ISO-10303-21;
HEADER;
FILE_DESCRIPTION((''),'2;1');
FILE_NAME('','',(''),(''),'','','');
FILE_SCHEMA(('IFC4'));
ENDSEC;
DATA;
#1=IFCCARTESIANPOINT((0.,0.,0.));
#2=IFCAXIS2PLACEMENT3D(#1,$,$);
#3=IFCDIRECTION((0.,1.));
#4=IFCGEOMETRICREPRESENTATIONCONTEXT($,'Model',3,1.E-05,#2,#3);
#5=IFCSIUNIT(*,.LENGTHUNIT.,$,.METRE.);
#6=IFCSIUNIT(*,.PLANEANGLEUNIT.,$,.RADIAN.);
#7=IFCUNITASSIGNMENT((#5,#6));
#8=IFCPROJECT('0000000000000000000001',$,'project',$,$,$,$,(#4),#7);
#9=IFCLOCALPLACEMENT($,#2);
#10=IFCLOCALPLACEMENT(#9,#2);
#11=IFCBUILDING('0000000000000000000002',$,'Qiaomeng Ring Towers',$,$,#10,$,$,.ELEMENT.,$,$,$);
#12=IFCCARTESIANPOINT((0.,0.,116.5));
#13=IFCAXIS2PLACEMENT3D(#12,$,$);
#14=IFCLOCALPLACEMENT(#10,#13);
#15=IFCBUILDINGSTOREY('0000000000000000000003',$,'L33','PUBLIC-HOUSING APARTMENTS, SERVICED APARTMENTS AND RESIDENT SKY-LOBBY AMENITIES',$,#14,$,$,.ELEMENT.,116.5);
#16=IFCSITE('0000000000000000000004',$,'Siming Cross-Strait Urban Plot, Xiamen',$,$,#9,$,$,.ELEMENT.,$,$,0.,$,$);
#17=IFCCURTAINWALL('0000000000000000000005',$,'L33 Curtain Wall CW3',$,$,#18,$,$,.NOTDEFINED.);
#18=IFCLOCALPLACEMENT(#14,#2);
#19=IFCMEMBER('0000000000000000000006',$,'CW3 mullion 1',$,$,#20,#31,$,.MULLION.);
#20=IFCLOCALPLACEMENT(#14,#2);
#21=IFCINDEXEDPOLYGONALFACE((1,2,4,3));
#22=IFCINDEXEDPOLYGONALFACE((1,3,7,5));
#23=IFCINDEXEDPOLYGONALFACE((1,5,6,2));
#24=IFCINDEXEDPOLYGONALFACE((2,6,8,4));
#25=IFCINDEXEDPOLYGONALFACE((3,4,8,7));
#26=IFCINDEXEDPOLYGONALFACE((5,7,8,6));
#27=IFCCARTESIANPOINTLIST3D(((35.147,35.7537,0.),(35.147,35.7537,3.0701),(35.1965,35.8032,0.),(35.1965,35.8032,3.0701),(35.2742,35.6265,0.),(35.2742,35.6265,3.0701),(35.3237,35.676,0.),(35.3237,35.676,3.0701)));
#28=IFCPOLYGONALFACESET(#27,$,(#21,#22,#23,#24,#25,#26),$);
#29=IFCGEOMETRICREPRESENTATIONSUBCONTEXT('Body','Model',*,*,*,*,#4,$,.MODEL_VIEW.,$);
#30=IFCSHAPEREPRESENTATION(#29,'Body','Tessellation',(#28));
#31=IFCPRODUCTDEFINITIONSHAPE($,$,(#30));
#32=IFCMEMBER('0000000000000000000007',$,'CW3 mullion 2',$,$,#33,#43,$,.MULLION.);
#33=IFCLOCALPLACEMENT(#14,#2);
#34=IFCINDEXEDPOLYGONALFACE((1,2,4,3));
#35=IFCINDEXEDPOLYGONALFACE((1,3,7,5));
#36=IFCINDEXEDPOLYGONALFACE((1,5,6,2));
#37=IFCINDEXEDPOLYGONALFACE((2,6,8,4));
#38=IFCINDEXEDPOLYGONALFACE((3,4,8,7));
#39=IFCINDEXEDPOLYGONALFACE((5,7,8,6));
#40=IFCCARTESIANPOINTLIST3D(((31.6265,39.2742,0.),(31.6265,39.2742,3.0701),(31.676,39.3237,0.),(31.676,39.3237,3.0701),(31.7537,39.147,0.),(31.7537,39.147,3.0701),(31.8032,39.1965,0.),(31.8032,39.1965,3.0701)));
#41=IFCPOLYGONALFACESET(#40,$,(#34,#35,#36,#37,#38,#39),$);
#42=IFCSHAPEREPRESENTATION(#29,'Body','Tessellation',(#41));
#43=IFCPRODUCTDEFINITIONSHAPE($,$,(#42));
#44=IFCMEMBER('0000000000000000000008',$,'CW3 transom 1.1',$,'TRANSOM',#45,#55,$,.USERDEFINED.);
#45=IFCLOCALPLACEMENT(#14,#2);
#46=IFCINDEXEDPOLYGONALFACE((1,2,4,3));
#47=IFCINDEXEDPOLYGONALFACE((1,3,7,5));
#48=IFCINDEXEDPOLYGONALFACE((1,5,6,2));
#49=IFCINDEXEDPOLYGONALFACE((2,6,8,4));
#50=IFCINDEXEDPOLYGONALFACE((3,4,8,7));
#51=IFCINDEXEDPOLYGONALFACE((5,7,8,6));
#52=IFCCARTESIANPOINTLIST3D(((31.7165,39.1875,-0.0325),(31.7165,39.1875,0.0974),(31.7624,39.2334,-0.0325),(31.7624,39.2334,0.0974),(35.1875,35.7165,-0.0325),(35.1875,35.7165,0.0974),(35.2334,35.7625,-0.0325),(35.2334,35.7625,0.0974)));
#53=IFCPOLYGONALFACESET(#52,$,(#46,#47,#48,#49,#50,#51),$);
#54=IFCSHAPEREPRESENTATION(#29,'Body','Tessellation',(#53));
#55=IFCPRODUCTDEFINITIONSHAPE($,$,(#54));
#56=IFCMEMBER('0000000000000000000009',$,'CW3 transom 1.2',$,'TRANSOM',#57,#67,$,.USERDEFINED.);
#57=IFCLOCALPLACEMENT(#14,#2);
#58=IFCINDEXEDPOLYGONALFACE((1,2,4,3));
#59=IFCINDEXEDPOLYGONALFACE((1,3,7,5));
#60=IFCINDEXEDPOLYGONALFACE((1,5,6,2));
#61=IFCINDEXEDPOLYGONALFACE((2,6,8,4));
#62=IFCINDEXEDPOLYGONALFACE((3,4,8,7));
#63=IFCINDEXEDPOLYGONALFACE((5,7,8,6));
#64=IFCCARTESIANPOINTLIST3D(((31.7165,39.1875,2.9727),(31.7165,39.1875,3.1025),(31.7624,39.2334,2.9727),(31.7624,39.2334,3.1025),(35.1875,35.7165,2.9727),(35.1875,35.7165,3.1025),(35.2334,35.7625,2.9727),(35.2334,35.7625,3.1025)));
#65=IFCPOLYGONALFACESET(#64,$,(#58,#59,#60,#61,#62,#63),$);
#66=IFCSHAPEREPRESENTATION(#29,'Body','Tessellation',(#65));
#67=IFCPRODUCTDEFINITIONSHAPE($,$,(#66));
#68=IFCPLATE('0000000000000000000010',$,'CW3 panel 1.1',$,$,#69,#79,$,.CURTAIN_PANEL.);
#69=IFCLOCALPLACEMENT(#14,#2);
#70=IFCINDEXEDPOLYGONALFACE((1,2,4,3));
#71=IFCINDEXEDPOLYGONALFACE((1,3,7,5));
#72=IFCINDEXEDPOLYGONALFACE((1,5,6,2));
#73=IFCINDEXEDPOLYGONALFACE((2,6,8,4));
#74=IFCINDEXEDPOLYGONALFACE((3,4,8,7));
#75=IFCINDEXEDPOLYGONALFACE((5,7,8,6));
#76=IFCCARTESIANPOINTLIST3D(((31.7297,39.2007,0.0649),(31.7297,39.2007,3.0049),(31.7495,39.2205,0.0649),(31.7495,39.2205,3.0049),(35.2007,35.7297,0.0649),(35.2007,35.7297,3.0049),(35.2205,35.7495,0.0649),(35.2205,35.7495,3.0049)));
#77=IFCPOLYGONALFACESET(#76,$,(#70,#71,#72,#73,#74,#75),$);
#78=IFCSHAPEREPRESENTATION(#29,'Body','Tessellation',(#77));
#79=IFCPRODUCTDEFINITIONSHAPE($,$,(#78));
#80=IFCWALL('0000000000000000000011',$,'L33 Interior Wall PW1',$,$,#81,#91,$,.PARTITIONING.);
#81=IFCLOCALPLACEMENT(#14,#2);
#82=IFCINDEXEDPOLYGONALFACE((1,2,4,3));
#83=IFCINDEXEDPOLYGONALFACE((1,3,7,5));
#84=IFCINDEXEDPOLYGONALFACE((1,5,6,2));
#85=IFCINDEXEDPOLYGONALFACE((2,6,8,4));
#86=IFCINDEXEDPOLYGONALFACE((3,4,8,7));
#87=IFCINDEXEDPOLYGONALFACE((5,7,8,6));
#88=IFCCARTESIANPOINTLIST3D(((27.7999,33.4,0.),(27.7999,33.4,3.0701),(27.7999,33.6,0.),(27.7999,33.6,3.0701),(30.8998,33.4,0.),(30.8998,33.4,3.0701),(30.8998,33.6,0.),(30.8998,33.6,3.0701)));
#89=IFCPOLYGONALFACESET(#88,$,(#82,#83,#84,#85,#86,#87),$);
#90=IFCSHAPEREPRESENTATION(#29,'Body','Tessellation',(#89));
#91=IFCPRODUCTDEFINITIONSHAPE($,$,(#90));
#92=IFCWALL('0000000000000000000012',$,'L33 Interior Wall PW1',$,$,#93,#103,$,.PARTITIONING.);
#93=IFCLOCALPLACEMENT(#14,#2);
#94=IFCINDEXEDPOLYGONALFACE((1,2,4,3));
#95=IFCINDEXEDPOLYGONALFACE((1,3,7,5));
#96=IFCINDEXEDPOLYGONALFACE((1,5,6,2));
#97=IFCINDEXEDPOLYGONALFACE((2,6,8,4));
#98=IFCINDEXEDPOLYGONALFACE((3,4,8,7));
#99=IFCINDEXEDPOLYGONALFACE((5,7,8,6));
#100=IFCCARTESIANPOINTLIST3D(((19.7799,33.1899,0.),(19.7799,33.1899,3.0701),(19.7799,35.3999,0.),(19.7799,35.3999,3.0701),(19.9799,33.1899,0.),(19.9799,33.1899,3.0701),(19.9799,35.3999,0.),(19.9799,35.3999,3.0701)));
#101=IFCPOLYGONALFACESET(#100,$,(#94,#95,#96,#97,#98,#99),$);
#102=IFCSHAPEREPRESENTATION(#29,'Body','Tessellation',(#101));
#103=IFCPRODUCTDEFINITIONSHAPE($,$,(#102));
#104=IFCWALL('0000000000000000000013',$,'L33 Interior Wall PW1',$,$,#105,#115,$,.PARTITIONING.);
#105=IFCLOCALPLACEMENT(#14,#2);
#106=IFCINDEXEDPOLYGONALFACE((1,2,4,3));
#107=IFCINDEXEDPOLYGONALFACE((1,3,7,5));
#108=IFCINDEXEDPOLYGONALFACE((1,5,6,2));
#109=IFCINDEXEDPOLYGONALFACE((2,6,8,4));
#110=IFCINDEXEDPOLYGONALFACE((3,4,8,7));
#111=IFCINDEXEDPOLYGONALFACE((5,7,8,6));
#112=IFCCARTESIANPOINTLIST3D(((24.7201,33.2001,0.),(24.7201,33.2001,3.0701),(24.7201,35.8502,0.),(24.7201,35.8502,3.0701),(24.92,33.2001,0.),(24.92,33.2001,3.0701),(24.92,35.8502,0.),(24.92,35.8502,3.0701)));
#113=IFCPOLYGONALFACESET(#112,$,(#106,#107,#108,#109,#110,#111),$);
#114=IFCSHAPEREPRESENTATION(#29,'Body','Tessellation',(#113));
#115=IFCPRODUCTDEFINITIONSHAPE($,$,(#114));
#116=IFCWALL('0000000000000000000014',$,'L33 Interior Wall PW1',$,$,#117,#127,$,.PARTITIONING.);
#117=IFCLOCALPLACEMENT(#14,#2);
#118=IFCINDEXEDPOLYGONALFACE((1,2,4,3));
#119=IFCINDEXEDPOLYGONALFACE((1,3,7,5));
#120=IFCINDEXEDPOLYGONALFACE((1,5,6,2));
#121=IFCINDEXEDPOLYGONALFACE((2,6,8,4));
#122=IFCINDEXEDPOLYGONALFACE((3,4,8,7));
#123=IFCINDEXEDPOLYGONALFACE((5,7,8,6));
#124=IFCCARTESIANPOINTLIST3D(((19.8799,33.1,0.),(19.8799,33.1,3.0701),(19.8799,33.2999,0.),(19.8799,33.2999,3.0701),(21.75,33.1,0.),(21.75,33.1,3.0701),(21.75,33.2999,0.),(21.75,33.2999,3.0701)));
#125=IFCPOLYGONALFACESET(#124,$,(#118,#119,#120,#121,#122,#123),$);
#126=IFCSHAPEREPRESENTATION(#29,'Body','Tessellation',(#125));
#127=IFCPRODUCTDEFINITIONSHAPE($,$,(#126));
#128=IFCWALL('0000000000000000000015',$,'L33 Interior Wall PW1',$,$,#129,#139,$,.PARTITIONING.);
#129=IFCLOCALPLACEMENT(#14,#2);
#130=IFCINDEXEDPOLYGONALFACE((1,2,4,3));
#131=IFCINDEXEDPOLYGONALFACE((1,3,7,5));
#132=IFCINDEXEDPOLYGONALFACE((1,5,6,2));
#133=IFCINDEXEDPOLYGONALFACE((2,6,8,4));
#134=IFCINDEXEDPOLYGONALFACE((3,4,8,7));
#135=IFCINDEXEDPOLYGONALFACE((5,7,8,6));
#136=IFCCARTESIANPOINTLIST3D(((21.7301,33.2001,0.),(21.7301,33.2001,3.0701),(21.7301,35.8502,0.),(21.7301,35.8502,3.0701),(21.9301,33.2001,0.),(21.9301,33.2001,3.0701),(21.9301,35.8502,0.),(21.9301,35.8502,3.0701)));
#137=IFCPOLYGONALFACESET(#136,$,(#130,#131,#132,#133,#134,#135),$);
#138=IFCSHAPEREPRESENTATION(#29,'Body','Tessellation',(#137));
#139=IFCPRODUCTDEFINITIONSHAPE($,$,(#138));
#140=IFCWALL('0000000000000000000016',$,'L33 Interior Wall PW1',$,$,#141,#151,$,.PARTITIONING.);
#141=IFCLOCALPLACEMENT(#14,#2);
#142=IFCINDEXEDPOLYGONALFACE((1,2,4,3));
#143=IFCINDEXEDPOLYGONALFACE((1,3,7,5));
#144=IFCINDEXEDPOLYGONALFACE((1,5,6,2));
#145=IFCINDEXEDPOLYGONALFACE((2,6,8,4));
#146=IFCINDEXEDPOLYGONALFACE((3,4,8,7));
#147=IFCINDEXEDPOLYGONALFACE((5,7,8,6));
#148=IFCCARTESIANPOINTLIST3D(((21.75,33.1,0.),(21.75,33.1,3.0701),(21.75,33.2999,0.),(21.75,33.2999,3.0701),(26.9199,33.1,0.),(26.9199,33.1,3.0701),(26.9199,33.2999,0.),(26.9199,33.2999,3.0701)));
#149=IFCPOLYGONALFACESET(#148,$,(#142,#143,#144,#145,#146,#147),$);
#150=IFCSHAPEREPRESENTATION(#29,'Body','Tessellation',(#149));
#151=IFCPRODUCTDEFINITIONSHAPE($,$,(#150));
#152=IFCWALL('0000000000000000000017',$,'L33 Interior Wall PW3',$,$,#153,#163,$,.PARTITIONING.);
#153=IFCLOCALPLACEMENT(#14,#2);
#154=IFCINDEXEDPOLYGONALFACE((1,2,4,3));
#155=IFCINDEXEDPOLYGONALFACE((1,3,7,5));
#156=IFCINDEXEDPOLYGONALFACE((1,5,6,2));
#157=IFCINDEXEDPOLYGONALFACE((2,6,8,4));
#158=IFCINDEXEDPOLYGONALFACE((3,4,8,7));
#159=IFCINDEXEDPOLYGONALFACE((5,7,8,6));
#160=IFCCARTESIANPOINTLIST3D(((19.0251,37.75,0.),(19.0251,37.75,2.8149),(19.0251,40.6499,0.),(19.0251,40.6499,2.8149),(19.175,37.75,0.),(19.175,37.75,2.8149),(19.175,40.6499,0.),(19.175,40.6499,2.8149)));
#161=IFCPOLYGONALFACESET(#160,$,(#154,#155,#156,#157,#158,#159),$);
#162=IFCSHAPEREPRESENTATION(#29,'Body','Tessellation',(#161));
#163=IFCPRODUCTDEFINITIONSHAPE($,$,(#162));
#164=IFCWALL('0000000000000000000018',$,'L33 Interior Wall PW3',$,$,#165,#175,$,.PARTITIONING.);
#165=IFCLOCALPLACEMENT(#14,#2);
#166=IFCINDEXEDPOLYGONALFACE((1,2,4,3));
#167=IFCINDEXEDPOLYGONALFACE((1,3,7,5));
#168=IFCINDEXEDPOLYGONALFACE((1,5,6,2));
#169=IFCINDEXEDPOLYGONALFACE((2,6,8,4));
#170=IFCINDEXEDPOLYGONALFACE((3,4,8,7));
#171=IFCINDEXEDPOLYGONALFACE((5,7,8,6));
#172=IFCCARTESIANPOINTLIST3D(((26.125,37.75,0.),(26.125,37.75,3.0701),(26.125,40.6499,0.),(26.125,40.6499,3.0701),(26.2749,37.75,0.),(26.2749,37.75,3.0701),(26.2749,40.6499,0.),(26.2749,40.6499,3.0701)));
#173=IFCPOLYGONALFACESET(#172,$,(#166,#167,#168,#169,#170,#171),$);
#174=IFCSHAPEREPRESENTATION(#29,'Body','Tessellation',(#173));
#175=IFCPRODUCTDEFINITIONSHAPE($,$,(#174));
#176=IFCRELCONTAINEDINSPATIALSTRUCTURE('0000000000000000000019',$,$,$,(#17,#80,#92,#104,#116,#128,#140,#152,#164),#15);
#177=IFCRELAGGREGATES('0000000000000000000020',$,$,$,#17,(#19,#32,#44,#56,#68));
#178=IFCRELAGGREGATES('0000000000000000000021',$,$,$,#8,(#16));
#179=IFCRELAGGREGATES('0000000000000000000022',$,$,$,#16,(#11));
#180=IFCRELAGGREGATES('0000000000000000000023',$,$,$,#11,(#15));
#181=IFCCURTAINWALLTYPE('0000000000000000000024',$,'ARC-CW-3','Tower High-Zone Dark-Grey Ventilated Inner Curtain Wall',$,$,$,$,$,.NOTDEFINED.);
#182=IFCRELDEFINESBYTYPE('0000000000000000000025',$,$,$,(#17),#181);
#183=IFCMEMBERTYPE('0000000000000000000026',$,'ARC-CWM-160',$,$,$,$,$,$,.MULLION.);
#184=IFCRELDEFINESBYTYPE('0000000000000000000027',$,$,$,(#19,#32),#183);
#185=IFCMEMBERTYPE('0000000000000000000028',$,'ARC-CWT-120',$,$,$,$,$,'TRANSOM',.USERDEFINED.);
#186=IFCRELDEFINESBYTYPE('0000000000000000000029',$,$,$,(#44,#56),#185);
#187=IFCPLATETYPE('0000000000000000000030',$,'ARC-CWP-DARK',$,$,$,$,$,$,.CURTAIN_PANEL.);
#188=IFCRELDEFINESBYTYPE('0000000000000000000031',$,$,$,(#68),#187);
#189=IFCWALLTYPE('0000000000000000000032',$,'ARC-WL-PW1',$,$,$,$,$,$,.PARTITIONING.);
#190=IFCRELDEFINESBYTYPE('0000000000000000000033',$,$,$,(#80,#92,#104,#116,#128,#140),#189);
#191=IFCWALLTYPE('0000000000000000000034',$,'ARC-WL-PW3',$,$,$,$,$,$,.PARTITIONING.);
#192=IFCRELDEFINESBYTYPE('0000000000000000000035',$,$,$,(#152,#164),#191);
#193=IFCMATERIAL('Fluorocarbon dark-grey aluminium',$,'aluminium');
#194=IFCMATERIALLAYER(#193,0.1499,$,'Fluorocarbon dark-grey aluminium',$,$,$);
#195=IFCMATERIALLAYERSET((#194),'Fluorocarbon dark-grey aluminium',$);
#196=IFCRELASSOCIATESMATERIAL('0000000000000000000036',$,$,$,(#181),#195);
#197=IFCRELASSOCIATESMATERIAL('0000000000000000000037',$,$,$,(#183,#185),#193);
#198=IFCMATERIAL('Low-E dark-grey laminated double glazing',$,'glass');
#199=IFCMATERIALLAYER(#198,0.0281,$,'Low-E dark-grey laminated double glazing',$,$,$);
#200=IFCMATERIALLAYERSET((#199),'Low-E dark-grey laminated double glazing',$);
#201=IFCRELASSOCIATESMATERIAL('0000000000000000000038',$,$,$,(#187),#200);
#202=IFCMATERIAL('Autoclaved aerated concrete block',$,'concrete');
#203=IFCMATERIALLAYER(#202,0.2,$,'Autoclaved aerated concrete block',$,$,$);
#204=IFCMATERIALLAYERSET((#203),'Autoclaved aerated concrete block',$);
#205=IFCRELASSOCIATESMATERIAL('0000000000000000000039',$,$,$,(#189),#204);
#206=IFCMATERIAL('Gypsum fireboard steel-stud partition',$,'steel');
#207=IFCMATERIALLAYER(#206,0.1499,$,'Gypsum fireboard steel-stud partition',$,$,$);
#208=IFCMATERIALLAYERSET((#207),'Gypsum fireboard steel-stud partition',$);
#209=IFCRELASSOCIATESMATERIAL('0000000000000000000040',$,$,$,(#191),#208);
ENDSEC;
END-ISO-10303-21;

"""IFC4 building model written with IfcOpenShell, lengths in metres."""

from ifc_helpers import new_model, si_unit, direction, frame, frame_2d, origin, origin_2d, place, context, subcontext, project, spatial, rectangle, extrude, source, transform, mapped, material, layer, layer_set, material_profile, profile_set, type_object, element, aggregate, save


model = new_model("IFC4")

# Units and contexts
model_context = context("Model", 3, precision=1e-05, world=origin(), true_north=direction((0.0, 1.0)))
body_context = subcontext(model_context, "Body", "Model", "MODEL_VIEW")
ifc_project = project(units=[si_unit("LENGTHUNIT", "METRE"), si_unit("PLANEANGLEUNIT", "RADIAN")], contexts=[model_context])

# Site, building, storey
site_placement = place(None, origin())
site = spatial("IfcSite", under=ifc_project, at=site_placement, Name="Siming Cross-Strait Urban Plot, Xiamen", CompositionType="ELEMENT", RefElevation=0.0)
building_placement = place(site_placement, origin())
building = spatial("IfcBuilding", under=site, at=building_placement, Name="Qiaomeng Ring Towers", CompositionType="ELEMENT")
storey_placement = place(building_placement, frame((0.0, 0.0, 116.5)))
storey = spatial("IfcBuildingStorey", under=building, at=storey_placement, Name="L33", Description="PUBLIC-HOUSING APARTMENTS, SERVICED APARTMENTS AND RESIDENT SKY-LOBBY AMENITIES", CompositionType="ELEMENT", Elevation=116.5)

# Curtain wall, members, plate
ifc_material_1 = material(Name="Fluorocarbon dark-grey aluminium", Category="aluminium")
ifc_layer_1 = layer(ifc_material_1, 0.1499, Name="Fluorocarbon dark-grey aluminium")
ifc_layer_set_1 = layer_set([ifc_layer_1], Name="Fluorocarbon dark-grey aluminium")
curtain_wall_type = type_object("IfcCurtainWallType", Name="ARC-CW-3", Description="Tower High-Zone Dark-Grey Ventilated Inner Curtain Wall", PredefinedType="NOTDEFINED", material=ifc_layer_set_1)
curtain_wall_placement = place(storey_placement, origin())
curtain_wall = element("IfcCurtainWall", 1, at=curtain_wall_placement, inside=storey, type_object=curtain_wall_type, Name="L33 Curtain Wall CW3", PredefinedType="NOTDEFINED")
ifc_material_profile_1 = material_profile(ifc_material_1, rectangle(XDim=0.0701, YDim=0.1799, at=origin_2d()), Name="ALU MULL 70x180")
ifc_profile_set_1 = profile_set([ifc_material_profile_1], Name="Fluorocarbon dark-grey aluminium")
member_type_1 = type_object("IfcMemberType", Name="ARC-CWM-160", PredefinedType="MULLION", material=ifc_profile_set_1)
shared_shape_1 = source(origin(), body_context, "Body", "SweptSolid", [
    extrude(rectangle(XDim=0.0701, YDim=0.1799, at=origin_2d()), origin(), (0.0, 0.0, 1.0), 3.0701),
])
member_1_placement = place(storey_placement, frame((35.2354, 35.7148, 0.0), z_axis=(0.0, 0.0, 1.0), x_axis=(-0.707107, -0.707107, 0.0)))
member_1 = element("IfcMember", 2, at=member_1_placement, type_object=member_type_1, Name="CW3 mullion 1", PredefinedType="MULLION", context=body_context, shape_type="MappedRepresentation", body=[
    mapped(shared_shape_1, transform((0.0, 0.0, 0.0), x_axis=(1.0, 0.0, 0.0), y_axis=(0.0, 1.0, 0.0), z_axis=(0.0, 0.0, 1.0), scale=1.0)),
])
member_2_placement = place(storey_placement, frame((31.7148, 39.2354, 0.0), z_axis=(0.0, 0.0, 1.0), x_axis=(-0.707107, -0.707107, 0.0)))
member_2 = element("IfcMember", 3, at=member_2_placement, type_object=member_type_1, Name="CW3 mullion 2", PredefinedType="MULLION", context=body_context, shape_type="MappedRepresentation", body=[
    mapped(shared_shape_1, transform((0.0, 0.0, 0.0), x_axis=(1.0, 0.0, 0.0), y_axis=(0.0, 1.0, 0.0), z_axis=(0.0, 0.0, 1.0), scale=1.0)),
])
ifc_material_profile_2 = material_profile(ifc_material_1, rectangle(XDim=0.0649, YDim=0.1299, at=origin_2d()), Name="ALU TRAN 65x130")
ifc_profile_set_2 = profile_set([ifc_material_profile_2], Name="Fluorocarbon dark-grey aluminium")
member_type_2 = type_object("IfcMemberType", Name="ARC-CWT-120", ElementType="TRANSOM", PredefinedType="USERDEFINED", material=ifc_profile_set_2)
shared_shape_2 = source(origin(), body_context, "Body", "SweptSolid", [
    extrude(rectangle(XDim=0.0649, YDim=0.1299, at=origin_2d()), origin(), (0.0, 0.0, 1.0), 4.9087),
])
member_3_placement = place(storey_placement, frame((35.2104, 35.7395, 0.0325), z_axis=(-0.707107, 0.707107, 0.0), x_axis=(-0.707107, -0.707107, 0.0)))
member_3 = element("IfcMember", 4, at=member_3_placement, type_object=member_type_2, Name="CW3 transom 1.1", ObjectType="TRANSOM", PredefinedType="USERDEFINED", context=body_context, shape_type="MappedRepresentation", body=[
    mapped(shared_shape_2, transform((0.0, 0.0, 0.0), x_axis=(1.0, 0.0, 0.0), y_axis=(0.0, 1.0, 0.0), z_axis=(0.0, 0.0, 1.0), scale=1.0)),
])
member_4_placement = place(storey_placement, frame((35.2104, 35.7395, 3.0376), z_axis=(-0.707107, 0.707107, 0.0), x_axis=(-0.707107, -0.707107, 0.0)))
member_4 = element("IfcMember", 5, at=member_4_placement, type_object=member_type_2, Name="CW3 transom 1.2", ObjectType="TRANSOM", PredefinedType="USERDEFINED", context=body_context, shape_type="MappedRepresentation", body=[
    mapped(shared_shape_2, transform((0.0, 0.0, 0.0), x_axis=(1.0, 0.0, 0.0), y_axis=(0.0, 1.0, 0.0), z_axis=(0.0, 0.0, 1.0), scale=1.0)),
])
ifc_material_2 = material(Name="Low-E dark-grey laminated double glazing", Category="glass")
ifc_layer_2 = layer(ifc_material_2, 0.0281, Name="Low-E dark-grey laminated double glazing")
ifc_layer_set_2 = layer_set([ifc_layer_2], Name="Low-E dark-grey laminated double glazing")
plate_type = type_object("IfcPlateType", Name="ARC-CWP-DARK", PredefinedType="CURTAIN_PANEL", material=ifc_layer_set_2)
shared_shape_3 = source(origin(), body_context, "Body", "SweptSolid", [
    extrude(rectangle(XDim=4.9087, YDim=0.0281, at=origin_2d()), origin(), (0.0, 0.0, 1.0), 2.9399),
])
plate_placement = place(storey_placement, frame((33.4751, 37.4751, 0.0649), z_axis=(0.0, 0.0, 1.0), x_axis=(-0.707107, 0.707107, 0.0)))
plate = element("IfcPlate", 6, at=plate_placement, type_object=plate_type, Name="CW3 panel 1.1", PredefinedType="CURTAIN_PANEL", context=body_context, shape_type="MappedRepresentation", body=[
    mapped(shared_shape_3, transform((0.0, 0.0, 0.0), x_axis=(1.0, 0.0, 0.0), y_axis=(0.0, 1.0, 0.0), z_axis=(0.0, 0.0, 1.0), scale=1.0)),
])
aggregate(curtain_wall, [member_1, member_2, member_3, member_4, plate])

# Walls
ifc_material_3 = material(Name="Autoclaved aerated concrete block", Category="concrete")
ifc_layer_3 = layer(ifc_material_3, 0.2, Name="Autoclaved aerated concrete block")
ifc_layer_set_3 = layer_set([ifc_layer_3], Name="Autoclaved aerated concrete block")
wall_type_1 = type_object("IfcWallType", Name="ARC-WL-PW1", PredefinedType="PARTITIONING", material=ifc_layer_set_3)
wall_1_placement = place(storey_placement, frame((27.8, 33.5, 0.0), z_axis=(0.0, 0.0, 1.0), x_axis=(1.0, 0.0, 0.0)))
element("IfcWall", 7, at=wall_1_placement, inside=storey, type_object=wall_type_1, Name="L33 Interior Wall PW1", PredefinedType="PARTITIONING", context=body_context, shape_type="SweptSolid", body=[
    extrude(rectangle(XDim=3.0999, YDim=0.2, at=frame_2d((1.5498, 0.0))), origin(), (0.0, 0.0, 1.0), 3.0701),
])
wall_2_placement = place(storey_placement, frame((19.8799, 33.1899, 0.0), z_axis=(0.0, 0.0, 1.0), x_axis=(0.0, 1.0, 0.0)))
element("IfcWall", 8, at=wall_2_placement, inside=storey, type_object=wall_type_1, Name="L33 Interior Wall PW1", PredefinedType="PARTITIONING", context=body_context, shape_type="SweptSolid", body=[
    extrude(rectangle(XDim=2.21, YDim=0.2, at=frame_2d((1.105, 0.0))), origin(), (0.0, 0.0, 1.0), 3.0701),
])
wall_3_placement = place(storey_placement, frame((24.8201, 33.2, 0.0), z_axis=(0.0, 0.0, 1.0), x_axis=(0.0, 1.0, 0.0)))
element("IfcWall", 9, at=wall_3_placement, inside=storey, type_object=wall_type_1, Name="L33 Interior Wall PW1", PredefinedType="PARTITIONING", context=body_context, shape_type="SweptSolid", body=[
    extrude(rectangle(XDim=2.6501, YDim=0.2, at=frame_2d((1.3252, 0.0))), origin(), (0.0, 0.0, 1.0), 3.0701),
])
wall_4_placement = place(storey_placement, frame((19.8799, 33.2, 0.0), z_axis=(0.0, 0.0, 1.0), x_axis=(1.0, 0.0, 0.0)))
element("IfcWall", 10, at=wall_4_placement, inside=storey, type_object=wall_type_1, Name="L33 Interior Wall PW1", PredefinedType="PARTITIONING", context=body_context, shape_type="SweptSolid", body=[
    extrude(rectangle(XDim=1.8701, YDim=0.2, at=frame_2d((0.9351, 0.0))), origin(), (0.0, 0.0, 1.0), 3.0701),
])
wall_5_placement = place(storey_placement, frame((21.8301, 33.2, 0.0), z_axis=(0.0, 0.0, 1.0), x_axis=(0.0, 1.0, 0.0)))
element("IfcWall", 11, at=wall_5_placement, inside=storey, type_object=wall_type_1, Name="L33 Interior Wall PW1", PredefinedType="PARTITIONING", context=body_context, shape_type="SweptSolid", body=[
    extrude(rectangle(XDim=2.6501, YDim=0.2, at=frame_2d((1.3252, 0.0))), origin(), (0.0, 0.0, 1.0), 3.0701),
])
wall_6_placement = place(storey_placement, frame((21.75, 33.2, 0.0), z_axis=(0.0, 0.0, 1.0), x_axis=(1.0, 0.0, 0.0)))
element("IfcWall", 12, at=wall_6_placement, inside=storey, type_object=wall_type_1, Name="L33 Interior Wall PW1", PredefinedType="PARTITIONING", context=body_context, shape_type="SweptSolid", body=[
    extrude(rectangle(XDim=5.1699, YDim=0.2, at=frame_2d((2.585, 0.0))), origin(), (0.0, 0.0, 1.0), 3.0701),
])
ifc_material_4 = material(Name="Gypsum fireboard steel-stud partition", Category="steel")
ifc_layer_4 = layer(ifc_material_4, 0.1499, Name="Gypsum fireboard steel-stud partition")
ifc_layer_set_4 = layer_set([ifc_layer_4], Name="Gypsum fireboard steel-stud partition")
wall_type_2 = type_object("IfcWallType", Name="ARC-WL-PW3", PredefinedType="PARTITIONING", material=ifc_layer_set_4)
wall_7_placement = place(storey_placement, frame((19.1001, 37.75, 0.0), z_axis=(0.0, 0.0, 1.0), x_axis=(0.0, 1.0, 0.0)))
element("IfcWall", 13, at=wall_7_placement, inside=storey, type_object=wall_type_2, Name="L33 Interior Wall PW3", PredefinedType="PARTITIONING", context=body_context, shape_type="SweptSolid", body=[
    extrude(rectangle(XDim=2.8999, YDim=0.1499, at=frame_2d((1.45, 0.0))), origin(), (0.0, 0.0, 1.0), 2.8149),
])
for number, where, z_axis, x_axis, name in (
    (14, (26.2, 37.75, 0.0), (0.0, 0.0, 1.0), (0.0, 1.0, 0.0), "L33 Interior Wall PW3"),
):
    element("IfcWall", number, at=place(storey_placement, frame(where, z_axis=z_axis, x_axis=x_axis)), inside=storey, type_object=wall_type_2, Name=name, PredefinedType="PARTITIONING", context=body_context, shape_type="SweptSolid", body=[
        extrude(rectangle(XDim=2.8999, YDim=0.1499, at=frame_2d((1.45, 0.0))), origin(), (0.0, 0.0, 1.0), 3.0701),
    ])

save(model, "model.ifc")
